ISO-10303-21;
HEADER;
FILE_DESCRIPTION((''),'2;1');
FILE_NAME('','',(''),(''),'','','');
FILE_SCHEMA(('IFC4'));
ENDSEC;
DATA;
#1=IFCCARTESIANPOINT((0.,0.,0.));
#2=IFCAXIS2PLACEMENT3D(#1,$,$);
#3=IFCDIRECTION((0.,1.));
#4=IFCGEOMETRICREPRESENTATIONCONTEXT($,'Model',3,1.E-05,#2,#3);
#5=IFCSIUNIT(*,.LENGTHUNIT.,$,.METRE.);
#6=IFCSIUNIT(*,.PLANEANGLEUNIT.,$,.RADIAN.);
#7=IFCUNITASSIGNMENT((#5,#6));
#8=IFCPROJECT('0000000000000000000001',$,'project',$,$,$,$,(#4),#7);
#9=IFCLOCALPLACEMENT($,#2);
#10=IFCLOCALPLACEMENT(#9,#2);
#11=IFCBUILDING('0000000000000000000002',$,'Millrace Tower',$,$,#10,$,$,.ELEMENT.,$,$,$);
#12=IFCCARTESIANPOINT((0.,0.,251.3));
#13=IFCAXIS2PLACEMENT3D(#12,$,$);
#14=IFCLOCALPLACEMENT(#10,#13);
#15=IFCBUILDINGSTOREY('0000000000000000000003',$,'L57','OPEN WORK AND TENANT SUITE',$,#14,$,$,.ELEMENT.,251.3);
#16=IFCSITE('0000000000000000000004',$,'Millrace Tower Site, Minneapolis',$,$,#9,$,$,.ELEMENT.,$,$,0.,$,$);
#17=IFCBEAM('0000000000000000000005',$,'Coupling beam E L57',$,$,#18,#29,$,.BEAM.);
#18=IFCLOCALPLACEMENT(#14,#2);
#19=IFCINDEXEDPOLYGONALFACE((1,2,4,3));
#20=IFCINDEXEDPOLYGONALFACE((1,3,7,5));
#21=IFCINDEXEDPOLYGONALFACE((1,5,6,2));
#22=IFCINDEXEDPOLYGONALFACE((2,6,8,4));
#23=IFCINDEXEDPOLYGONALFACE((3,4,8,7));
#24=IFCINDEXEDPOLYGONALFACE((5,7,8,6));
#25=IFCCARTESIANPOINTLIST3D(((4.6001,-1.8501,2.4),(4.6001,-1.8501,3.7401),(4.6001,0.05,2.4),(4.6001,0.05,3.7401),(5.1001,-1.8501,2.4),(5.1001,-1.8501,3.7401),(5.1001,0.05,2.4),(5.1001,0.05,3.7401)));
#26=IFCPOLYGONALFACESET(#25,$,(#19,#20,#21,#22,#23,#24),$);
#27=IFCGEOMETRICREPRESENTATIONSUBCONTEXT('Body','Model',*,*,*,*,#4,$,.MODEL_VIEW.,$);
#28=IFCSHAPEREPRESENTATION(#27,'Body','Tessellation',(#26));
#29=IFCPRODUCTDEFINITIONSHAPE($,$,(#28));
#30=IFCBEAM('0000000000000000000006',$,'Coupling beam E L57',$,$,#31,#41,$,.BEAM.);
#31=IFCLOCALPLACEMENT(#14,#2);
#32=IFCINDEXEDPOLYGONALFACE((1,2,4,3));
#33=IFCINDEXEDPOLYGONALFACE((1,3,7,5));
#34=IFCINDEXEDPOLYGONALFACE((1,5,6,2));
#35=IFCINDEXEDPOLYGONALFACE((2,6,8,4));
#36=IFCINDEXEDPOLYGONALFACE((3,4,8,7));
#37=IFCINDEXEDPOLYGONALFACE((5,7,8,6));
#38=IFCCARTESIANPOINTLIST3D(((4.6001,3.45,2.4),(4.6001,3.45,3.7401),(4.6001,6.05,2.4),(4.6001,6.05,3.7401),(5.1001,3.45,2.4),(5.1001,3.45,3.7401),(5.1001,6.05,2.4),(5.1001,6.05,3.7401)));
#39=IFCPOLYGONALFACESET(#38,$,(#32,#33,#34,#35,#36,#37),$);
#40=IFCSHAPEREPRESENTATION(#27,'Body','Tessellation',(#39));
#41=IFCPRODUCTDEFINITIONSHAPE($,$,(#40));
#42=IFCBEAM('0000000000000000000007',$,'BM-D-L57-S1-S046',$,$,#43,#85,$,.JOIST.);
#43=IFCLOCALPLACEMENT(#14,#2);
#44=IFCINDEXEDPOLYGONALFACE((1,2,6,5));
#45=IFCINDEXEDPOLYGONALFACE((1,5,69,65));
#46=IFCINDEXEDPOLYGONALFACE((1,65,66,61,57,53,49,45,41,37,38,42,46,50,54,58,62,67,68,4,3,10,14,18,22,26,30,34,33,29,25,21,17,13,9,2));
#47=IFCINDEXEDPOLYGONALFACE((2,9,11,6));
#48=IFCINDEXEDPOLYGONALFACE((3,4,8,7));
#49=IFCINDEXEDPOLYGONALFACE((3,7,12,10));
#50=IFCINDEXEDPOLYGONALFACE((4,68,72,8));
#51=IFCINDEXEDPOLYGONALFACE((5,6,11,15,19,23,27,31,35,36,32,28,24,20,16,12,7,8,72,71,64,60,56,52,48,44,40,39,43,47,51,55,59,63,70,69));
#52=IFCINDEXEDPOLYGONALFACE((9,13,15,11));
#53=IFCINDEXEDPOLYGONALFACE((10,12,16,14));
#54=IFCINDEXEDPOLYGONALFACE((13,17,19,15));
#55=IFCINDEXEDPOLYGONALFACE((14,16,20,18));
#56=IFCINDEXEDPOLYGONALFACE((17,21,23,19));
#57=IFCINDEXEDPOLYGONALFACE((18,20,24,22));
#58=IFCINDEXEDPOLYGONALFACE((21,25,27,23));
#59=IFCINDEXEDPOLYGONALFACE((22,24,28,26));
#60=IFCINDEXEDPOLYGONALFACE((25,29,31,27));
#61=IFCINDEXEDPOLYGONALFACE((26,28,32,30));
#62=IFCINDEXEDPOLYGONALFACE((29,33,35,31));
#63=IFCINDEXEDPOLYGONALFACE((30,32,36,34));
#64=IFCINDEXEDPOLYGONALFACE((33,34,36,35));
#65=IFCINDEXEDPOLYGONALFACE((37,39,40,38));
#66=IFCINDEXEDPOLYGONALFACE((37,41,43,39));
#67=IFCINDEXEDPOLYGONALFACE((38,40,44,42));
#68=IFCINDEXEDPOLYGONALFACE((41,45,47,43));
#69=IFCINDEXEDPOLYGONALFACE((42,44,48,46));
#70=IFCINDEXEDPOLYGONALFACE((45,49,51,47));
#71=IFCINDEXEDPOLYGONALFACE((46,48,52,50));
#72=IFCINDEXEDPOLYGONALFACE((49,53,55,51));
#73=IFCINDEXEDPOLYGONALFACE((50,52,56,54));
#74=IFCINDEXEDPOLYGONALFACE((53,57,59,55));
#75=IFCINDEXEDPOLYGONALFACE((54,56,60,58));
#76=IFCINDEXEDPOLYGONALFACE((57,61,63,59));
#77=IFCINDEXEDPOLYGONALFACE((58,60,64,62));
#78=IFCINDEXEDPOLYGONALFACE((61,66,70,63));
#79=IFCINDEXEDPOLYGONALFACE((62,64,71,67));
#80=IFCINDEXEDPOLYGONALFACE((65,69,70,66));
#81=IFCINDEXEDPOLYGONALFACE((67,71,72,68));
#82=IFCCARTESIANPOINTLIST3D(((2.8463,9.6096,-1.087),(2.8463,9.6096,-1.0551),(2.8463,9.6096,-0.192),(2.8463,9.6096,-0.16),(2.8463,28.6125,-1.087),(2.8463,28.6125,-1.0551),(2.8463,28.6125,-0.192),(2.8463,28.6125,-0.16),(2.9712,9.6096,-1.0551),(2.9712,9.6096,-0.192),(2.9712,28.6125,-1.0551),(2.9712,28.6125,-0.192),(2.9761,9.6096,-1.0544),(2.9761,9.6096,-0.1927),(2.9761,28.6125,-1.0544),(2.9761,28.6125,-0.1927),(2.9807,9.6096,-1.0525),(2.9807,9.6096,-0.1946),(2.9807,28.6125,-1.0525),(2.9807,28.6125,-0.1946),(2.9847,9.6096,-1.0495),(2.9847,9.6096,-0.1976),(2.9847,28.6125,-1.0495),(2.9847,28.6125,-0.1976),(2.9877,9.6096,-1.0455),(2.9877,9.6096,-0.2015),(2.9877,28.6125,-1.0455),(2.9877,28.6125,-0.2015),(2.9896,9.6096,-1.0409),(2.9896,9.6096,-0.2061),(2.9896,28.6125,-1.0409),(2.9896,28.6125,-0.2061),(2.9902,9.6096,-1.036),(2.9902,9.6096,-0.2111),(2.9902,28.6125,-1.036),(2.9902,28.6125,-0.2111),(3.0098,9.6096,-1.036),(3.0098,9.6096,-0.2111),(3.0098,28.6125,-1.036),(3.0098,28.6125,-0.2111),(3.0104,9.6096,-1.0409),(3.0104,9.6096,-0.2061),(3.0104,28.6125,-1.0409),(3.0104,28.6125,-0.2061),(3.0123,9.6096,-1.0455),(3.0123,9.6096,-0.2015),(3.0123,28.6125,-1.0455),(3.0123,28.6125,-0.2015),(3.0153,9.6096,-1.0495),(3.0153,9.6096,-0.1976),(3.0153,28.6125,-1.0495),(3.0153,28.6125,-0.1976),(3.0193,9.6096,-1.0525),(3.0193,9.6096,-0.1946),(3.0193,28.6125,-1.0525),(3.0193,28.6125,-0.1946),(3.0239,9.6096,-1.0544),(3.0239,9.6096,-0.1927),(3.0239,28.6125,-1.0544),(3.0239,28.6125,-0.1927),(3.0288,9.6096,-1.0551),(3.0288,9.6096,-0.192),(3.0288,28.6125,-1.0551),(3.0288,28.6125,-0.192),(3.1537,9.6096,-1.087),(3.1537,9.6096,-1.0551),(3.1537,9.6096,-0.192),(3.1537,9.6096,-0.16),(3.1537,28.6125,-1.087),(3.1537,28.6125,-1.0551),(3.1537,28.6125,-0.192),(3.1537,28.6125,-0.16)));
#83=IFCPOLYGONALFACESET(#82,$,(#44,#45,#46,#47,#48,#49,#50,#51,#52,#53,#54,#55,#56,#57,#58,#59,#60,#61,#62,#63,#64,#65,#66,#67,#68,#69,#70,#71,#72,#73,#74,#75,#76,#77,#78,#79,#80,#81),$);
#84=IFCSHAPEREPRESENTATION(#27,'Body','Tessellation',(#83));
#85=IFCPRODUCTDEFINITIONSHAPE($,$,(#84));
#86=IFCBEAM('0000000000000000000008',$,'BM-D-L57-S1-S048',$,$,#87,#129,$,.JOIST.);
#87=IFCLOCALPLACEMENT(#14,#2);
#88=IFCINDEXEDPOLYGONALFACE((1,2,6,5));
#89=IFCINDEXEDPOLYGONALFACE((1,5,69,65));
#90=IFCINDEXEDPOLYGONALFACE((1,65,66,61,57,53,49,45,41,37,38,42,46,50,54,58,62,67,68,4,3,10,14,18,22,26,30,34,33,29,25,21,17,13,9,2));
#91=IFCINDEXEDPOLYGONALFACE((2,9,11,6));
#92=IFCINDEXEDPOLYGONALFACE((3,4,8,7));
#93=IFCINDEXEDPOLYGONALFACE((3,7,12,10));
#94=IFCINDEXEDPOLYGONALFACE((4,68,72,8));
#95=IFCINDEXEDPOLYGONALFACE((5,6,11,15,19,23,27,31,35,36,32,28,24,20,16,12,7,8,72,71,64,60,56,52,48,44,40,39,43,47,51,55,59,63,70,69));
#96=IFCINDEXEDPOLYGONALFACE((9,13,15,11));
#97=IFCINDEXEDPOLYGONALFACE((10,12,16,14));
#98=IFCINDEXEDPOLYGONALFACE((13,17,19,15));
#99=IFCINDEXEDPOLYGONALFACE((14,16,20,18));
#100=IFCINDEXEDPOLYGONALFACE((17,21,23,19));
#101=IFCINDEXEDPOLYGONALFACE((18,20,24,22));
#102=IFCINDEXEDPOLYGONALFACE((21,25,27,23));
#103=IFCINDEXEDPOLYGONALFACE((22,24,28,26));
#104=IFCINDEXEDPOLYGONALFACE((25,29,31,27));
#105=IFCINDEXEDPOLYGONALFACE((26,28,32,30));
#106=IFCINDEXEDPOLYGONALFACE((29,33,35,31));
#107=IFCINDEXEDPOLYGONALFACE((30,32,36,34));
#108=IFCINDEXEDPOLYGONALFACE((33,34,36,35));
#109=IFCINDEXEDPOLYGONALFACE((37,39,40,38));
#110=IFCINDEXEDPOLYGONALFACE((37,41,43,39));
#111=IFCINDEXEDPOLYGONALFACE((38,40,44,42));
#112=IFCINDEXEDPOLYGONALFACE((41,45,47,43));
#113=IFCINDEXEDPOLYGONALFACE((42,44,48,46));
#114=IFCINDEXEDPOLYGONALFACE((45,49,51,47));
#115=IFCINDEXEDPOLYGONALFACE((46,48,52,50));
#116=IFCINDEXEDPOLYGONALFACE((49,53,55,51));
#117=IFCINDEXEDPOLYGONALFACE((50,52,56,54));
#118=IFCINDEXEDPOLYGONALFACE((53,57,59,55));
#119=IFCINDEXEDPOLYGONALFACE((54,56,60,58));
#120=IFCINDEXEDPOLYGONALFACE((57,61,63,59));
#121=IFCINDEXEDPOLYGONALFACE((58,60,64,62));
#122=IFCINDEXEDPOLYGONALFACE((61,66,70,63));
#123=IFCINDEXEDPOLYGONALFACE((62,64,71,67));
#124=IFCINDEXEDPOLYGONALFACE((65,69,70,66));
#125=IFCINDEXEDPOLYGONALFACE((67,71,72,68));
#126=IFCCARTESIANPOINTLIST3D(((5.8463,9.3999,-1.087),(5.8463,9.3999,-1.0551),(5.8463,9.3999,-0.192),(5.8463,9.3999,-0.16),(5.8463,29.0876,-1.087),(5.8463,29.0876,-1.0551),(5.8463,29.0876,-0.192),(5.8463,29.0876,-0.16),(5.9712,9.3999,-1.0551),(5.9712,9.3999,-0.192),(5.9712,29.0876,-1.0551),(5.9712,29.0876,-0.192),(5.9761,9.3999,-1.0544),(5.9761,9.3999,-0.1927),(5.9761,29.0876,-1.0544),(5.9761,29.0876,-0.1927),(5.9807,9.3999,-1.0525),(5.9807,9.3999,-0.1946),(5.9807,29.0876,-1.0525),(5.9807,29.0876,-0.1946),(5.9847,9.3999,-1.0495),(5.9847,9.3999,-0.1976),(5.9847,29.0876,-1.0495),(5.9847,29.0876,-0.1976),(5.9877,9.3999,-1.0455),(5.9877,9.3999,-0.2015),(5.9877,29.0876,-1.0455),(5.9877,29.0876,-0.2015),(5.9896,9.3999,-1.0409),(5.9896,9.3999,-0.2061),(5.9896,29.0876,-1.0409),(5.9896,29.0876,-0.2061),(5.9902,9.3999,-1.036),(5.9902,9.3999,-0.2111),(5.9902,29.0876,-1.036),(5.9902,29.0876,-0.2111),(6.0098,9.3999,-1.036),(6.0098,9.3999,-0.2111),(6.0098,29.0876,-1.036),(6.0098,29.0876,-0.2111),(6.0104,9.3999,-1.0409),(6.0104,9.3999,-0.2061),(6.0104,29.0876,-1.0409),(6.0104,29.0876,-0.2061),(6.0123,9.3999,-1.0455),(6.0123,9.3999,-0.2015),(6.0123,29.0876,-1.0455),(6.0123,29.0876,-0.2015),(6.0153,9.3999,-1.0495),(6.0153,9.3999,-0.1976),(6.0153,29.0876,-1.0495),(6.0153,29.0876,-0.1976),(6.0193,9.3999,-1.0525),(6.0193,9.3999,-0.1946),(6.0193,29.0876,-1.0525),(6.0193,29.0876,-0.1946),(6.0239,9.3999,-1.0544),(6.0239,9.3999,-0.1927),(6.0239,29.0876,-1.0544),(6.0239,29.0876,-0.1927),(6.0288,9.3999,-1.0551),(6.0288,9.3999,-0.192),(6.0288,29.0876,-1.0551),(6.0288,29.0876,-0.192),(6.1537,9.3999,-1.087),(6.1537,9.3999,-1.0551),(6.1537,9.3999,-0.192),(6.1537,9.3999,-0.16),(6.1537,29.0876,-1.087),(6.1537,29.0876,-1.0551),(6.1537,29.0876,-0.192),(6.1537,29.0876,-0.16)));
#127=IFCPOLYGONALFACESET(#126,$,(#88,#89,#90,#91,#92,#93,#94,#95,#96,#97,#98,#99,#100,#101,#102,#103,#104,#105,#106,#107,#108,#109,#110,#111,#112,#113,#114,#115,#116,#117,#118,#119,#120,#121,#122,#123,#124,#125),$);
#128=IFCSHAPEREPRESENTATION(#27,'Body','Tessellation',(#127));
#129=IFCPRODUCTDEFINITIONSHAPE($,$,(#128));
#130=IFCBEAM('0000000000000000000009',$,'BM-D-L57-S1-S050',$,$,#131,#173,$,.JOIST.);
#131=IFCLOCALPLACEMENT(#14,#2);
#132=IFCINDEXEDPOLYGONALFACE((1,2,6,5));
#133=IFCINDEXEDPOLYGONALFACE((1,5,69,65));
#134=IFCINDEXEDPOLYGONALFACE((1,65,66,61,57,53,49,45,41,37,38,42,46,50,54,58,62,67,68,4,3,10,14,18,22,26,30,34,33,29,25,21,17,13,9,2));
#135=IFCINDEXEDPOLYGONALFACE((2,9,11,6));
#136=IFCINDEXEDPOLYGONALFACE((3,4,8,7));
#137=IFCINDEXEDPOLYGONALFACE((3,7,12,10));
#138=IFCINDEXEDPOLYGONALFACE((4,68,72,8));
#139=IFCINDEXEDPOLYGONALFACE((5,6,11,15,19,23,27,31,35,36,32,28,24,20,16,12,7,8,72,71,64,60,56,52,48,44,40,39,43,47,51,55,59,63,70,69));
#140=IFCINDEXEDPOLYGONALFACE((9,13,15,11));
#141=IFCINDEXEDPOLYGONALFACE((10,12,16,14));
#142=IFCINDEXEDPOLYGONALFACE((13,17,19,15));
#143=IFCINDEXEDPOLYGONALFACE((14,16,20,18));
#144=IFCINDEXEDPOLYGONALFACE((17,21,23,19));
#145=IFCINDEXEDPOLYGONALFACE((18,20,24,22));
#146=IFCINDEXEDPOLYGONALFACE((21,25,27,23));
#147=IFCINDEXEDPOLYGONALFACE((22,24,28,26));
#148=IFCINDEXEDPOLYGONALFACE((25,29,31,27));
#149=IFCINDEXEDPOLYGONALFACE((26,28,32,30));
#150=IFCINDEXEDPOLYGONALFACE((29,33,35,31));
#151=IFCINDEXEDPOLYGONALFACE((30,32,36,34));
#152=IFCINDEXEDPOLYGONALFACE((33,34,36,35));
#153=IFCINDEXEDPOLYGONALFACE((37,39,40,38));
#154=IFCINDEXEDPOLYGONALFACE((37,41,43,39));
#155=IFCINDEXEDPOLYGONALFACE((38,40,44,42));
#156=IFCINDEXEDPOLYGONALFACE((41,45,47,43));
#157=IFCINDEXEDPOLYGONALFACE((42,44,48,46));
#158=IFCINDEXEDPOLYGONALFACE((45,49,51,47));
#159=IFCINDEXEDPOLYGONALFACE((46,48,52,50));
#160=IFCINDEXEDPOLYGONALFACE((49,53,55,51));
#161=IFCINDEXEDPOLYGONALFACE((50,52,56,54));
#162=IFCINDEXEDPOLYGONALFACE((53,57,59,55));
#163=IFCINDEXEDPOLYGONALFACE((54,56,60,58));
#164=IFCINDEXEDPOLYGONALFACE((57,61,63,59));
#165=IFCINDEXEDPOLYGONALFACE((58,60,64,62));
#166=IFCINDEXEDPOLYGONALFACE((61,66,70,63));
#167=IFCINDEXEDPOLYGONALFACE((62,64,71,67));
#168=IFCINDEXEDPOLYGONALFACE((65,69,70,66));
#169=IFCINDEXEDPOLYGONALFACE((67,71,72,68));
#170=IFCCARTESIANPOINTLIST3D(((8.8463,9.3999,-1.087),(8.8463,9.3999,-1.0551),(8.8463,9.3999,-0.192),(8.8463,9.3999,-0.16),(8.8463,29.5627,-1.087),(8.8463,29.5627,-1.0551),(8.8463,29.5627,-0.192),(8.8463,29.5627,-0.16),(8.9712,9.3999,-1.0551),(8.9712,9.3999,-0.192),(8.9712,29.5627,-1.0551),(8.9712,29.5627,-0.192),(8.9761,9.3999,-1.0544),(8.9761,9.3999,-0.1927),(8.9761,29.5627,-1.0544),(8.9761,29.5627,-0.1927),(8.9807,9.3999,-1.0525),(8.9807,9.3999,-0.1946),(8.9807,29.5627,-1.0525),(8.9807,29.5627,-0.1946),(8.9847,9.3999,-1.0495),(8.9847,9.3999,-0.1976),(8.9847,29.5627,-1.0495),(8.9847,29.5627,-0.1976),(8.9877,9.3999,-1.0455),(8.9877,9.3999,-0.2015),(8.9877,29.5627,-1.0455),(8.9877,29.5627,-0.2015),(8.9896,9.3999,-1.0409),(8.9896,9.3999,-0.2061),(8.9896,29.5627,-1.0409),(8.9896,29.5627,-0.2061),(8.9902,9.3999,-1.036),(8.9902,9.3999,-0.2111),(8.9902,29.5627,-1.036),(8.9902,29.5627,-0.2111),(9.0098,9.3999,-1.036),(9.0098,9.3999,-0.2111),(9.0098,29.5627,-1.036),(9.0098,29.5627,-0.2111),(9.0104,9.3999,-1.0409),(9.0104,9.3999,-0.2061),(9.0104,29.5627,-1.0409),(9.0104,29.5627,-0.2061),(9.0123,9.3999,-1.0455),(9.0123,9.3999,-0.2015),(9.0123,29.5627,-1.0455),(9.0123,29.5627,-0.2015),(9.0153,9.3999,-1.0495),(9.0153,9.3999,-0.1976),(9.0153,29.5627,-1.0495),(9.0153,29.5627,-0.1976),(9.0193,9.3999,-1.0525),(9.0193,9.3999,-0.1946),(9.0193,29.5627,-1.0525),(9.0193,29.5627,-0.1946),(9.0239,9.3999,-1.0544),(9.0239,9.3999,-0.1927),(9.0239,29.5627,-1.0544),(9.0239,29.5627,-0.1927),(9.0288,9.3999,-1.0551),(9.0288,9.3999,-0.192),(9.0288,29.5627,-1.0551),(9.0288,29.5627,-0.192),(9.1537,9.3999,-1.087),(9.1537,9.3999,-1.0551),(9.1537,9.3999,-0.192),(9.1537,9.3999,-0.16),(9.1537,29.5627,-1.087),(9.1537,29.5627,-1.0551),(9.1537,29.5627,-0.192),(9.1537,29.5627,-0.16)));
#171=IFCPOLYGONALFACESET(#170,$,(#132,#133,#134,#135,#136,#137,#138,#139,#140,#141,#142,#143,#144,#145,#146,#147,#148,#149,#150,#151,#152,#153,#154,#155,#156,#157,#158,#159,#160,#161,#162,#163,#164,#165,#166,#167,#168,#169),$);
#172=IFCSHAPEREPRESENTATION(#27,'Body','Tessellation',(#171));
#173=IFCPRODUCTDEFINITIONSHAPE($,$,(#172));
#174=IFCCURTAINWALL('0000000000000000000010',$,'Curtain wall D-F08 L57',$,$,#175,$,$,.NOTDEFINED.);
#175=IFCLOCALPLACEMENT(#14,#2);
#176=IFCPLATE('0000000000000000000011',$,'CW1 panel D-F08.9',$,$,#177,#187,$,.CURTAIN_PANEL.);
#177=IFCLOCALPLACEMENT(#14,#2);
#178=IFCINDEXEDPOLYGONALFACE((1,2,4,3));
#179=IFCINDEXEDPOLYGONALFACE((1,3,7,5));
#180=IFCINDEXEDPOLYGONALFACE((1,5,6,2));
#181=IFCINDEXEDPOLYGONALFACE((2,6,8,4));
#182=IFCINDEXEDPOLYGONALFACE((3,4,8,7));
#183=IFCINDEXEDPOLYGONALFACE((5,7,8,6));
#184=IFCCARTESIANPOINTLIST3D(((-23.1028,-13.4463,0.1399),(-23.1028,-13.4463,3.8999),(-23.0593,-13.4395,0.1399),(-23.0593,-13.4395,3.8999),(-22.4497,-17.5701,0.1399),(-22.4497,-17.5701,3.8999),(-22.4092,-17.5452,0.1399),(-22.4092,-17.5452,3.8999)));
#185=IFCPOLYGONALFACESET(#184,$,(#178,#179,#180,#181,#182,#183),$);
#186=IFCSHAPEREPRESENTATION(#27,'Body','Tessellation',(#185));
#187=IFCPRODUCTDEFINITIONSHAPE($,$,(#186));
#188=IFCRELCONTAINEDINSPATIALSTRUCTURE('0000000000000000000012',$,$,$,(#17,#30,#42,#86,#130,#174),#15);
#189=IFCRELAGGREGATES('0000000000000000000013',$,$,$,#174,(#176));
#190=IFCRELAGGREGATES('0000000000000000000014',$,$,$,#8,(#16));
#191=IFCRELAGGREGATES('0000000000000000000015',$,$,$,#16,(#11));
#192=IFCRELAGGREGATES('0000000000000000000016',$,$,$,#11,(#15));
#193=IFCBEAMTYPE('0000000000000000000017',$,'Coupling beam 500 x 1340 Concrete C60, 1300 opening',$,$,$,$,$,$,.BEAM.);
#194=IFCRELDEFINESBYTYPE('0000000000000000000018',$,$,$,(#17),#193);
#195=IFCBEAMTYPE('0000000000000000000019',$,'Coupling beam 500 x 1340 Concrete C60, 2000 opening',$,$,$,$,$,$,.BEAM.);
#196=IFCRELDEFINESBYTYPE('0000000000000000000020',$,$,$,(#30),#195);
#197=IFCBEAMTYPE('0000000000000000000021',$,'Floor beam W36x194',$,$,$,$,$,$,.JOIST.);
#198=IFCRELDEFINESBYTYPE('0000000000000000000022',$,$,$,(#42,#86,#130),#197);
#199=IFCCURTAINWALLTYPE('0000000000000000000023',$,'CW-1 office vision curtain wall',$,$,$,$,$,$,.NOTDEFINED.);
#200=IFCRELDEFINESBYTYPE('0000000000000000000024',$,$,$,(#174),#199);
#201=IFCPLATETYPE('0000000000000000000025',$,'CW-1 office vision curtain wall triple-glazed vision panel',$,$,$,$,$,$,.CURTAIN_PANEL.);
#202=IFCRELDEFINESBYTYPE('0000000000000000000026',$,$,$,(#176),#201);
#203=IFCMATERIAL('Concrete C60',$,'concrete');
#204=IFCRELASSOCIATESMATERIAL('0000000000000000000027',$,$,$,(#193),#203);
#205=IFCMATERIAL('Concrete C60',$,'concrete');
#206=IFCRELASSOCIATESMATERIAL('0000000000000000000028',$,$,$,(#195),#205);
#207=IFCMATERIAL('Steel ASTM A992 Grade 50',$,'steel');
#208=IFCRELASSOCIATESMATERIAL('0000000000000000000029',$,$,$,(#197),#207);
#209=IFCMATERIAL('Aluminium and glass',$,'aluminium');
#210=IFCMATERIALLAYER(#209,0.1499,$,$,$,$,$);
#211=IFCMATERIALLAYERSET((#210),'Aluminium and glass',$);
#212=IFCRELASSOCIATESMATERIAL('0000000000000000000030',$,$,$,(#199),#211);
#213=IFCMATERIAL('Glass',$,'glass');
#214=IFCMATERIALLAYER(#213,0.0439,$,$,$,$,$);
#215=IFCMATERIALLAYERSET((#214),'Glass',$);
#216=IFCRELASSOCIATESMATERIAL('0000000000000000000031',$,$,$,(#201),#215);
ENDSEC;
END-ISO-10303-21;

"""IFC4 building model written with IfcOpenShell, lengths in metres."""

from ifc_helpers import new_model, si_unit, direction, frame, origin, origin_2d, place, context, subcontext, project, spatial, polyline, rectangle, i_section, outline, extrude, material, layer, layer_set, material_profile, profile_set, type_object, element, aggregate, save


model = new_model("IFC4")

# Units and contexts
model_context = context("Model", 3, precision=1e-05, world=origin(), true_north=direction((0.0, 1.0)))
body_context = subcontext(model_context, "Body", "Model", "MODEL_VIEW")
ifc_project = project(units=[si_unit("LENGTHUNIT", "METRE"), si_unit("PLANEANGLEUNIT", "RADIAN")], contexts=[model_context])

# Site, building, storey
site_placement = place(None, origin())
site = spatial("IfcSite", under=ifc_project, at=site_placement, Name="Millrace Tower Site, Minneapolis", CompositionType="ELEMENT", RefElevation=0.0)
building_placement = place(site_placement, origin())
building = spatial("IfcBuilding", under=site, at=building_placement, Name="Millrace Tower", CompositionType="ELEMENT")
storey_placement = place(building_placement, frame((0.0, 0.0, 251.3)))
storey = spatial("IfcBuildingStorey", under=building, at=storey_placement, Name="L57", Description="OPEN WORK AND TENANT SUITE", CompositionType="ELEMENT", Elevation=251.3)

# Beams
ifc_material_1 = material(Name="Concrete C60", Category="concrete")
ifc_material_profile_1 = material_profile(ifc_material_1, rectangle(XDim=0.5, YDim=1.3401, at=origin_2d()))
ifc_profile_set_1 = profile_set([ifc_material_profile_1], Name="Concrete C60")
beam_type_1 = type_object("IfcBeamType", Name="Coupling beam 500 x 1340 Concrete C60, 1300 opening", PredefinedType="BEAM", material=ifc_profile_set_1)
beam_1_placement = place(storey_placement, frame((4.8501, 0.05, 3.0701), z_axis=(0.0, -1.0, 0.0), x_axis=(1.0, 0.0, 0.0)))
element("IfcBeam", 1, at=beam_1_placement, inside=storey, type_object=beam_type_1, Name="Coupling beam E L57", PredefinedType="BEAM", context=body_context, shape_type="SweptSolid", body=[
    extrude(rectangle(XDim=0.5, YDim=1.3401, at=origin_2d()), origin(), (0.0, 0.0, 1.0), 1.9001),
])
ifc_material_2 = material(Name="Concrete C60", Category="concrete")
ifc_material_profile_2 = material_profile(ifc_material_2, rectangle(XDim=0.5, YDim=1.3401, at=origin_2d()))
ifc_profile_set_2 = profile_set([ifc_material_profile_2], Name="Concrete C60")
beam_type_2 = type_object("IfcBeamType", Name="Coupling beam 500 x 1340 Concrete C60, 2000 opening", PredefinedType="BEAM", material=ifc_profile_set_2)
beam_2_placement = place(storey_placement, frame((4.8501, 6.05, 3.0701), z_axis=(0.0, -1.0, 0.0), x_axis=(1.0, 0.0, 0.0)))
element("IfcBeam", 2, at=beam_2_placement, inside=storey, type_object=beam_type_2, Name="Coupling beam E L57", PredefinedType="BEAM", context=body_context, shape_type="SweptSolid", body=[
    extrude(rectangle(XDim=0.5, YDim=1.3401, at=origin_2d()), origin(), (0.0, 0.0, 1.0), 2.6001),
])
ifc_material_3 = material(Name="Steel ASTM A992 Grade 50", Category="steel")
ifc_material_profile_3 = material_profile(ifc_material_3, i_section(OverallWidth=0.3074, OverallDepth=0.927, WebThickness=0.0195, FlangeThickness=0.032, FilletRadius=0.019, at=origin_2d()))
ifc_profile_set_3 = profile_set([ifc_material_profile_3], Name="Steel ASTM A992 Grade 50")
beam_type_3 = type_object("IfcBeamType", Name="Floor beam W36x194", PredefinedType="JOIST", material=ifc_profile_set_3)
beam_3_placement = place(storey_placement, frame((3.0, 9.6096, -0.6235), z_axis=(0.0, 1.0, 0.0), x_axis=(-1.0, 0.0, 0.0)))
element("IfcBeam", 3, at=beam_3_placement, inside=storey, type_object=beam_type_3, Name="BM-D-L57-S1-S046", PredefinedType="JOIST", context=body_context, shape_type="SweptSolid", body=[
    extrude(i_section(OverallWidth=0.3074, OverallDepth=0.927, WebThickness=0.0195, FlangeThickness=0.032, FilletRadius=0.019, at=origin_2d()), origin(), (0.0, 0.0, 1.0), 19.0029),
])
beam_4_placement = place(storey_placement, frame((6.0, 9.3999, -0.6235), z_axis=(0.0, 1.0, 0.0), x_axis=(-1.0, 0.0, 0.0)))
element("IfcBeam", 4, at=beam_4_placement, inside=storey, type_object=beam_type_3, Name="BM-D-L57-S1-S048", PredefinedType="JOIST", context=body_context, shape_type="SweptSolid", body=[
    extrude(i_section(OverallWidth=0.3074, OverallDepth=0.927, WebThickness=0.0195, FlangeThickness=0.032, FilletRadius=0.019, at=origin_2d()), origin(), (0.0, 0.0, 1.0), 19.6877),
])
beam_5_placement = place(storey_placement, frame((9.0, 9.3999, -0.6235), z_axis=(0.0, 1.0, 0.0), x_axis=(-1.0, 0.0, 0.0)))
element("IfcBeam", 5, at=beam_5_placement, inside=storey, type_object=beam_type_3, Name="BM-D-L57-S1-S050", PredefinedType="JOIST", context=body_context, shape_type="SweptSolid", body=[
    extrude(i_section(OverallWidth=0.3074, OverallDepth=0.927, WebThickness=0.0195, FlangeThickness=0.032, FilletRadius=0.019, at=origin_2d()), origin(), (0.0, 0.0, 1.0), 20.1628),
])

# Curtain wall, plate
ifc_material_4 = material(Name="Aluminium and glass", Category="aluminium")
ifc_layer_1 = layer(ifc_material_4, 0.1499)
ifc_layer_set_1 = layer_set([ifc_layer_1], Name="Aluminium and glass")
curtain_wall_type = type_object("IfcCurtainWallType", Name="CW-1 office vision curtain wall", PredefinedType="NOTDEFINED", material=ifc_layer_set_1)
placement_1 = place(storey_placement, origin())
curtain_wall = element("IfcCurtainWall", 6, at=placement_1, inside=storey, type_object=curtain_wall_type, Name="Curtain wall D-F08 L57", PredefinedType="NOTDEFINED")
ifc_material_5 = material(Name="Glass", Category="glass")
ifc_layer_2 = layer(ifc_material_5, 0.0439)
ifc_layer_set_2 = layer_set([ifc_layer_2], Name="Glass")
plate_type = type_object("IfcPlateType", Name="CW-1 office vision curtain wall triple-glazed vision panel", PredefinedType="CURTAIN_PANEL", material=ifc_layer_set_2)
plate_placement = place(storey_placement, frame((0.0, 0.0, 0.1399)))
plate = element("IfcPlate", 7, at=plate_placement, type_object=plate_type, Name="CW1 panel D-F08.9", PredefinedType="CURTAIN_PANEL", context=body_context, shape_type="SweptSolid", body=[
    extrude(outline(polyline([(-23.1028, -13.4463), (-22.4497, -17.5701), (-22.4092, -17.5452), (-23.0593, -13.4395), (-23.1028, -13.4463)])), origin(), (0.0, 0.0, 1.0), 3.76),
])
aggregate(curtain_wall, [plate])

save(model, "model.ifc")
